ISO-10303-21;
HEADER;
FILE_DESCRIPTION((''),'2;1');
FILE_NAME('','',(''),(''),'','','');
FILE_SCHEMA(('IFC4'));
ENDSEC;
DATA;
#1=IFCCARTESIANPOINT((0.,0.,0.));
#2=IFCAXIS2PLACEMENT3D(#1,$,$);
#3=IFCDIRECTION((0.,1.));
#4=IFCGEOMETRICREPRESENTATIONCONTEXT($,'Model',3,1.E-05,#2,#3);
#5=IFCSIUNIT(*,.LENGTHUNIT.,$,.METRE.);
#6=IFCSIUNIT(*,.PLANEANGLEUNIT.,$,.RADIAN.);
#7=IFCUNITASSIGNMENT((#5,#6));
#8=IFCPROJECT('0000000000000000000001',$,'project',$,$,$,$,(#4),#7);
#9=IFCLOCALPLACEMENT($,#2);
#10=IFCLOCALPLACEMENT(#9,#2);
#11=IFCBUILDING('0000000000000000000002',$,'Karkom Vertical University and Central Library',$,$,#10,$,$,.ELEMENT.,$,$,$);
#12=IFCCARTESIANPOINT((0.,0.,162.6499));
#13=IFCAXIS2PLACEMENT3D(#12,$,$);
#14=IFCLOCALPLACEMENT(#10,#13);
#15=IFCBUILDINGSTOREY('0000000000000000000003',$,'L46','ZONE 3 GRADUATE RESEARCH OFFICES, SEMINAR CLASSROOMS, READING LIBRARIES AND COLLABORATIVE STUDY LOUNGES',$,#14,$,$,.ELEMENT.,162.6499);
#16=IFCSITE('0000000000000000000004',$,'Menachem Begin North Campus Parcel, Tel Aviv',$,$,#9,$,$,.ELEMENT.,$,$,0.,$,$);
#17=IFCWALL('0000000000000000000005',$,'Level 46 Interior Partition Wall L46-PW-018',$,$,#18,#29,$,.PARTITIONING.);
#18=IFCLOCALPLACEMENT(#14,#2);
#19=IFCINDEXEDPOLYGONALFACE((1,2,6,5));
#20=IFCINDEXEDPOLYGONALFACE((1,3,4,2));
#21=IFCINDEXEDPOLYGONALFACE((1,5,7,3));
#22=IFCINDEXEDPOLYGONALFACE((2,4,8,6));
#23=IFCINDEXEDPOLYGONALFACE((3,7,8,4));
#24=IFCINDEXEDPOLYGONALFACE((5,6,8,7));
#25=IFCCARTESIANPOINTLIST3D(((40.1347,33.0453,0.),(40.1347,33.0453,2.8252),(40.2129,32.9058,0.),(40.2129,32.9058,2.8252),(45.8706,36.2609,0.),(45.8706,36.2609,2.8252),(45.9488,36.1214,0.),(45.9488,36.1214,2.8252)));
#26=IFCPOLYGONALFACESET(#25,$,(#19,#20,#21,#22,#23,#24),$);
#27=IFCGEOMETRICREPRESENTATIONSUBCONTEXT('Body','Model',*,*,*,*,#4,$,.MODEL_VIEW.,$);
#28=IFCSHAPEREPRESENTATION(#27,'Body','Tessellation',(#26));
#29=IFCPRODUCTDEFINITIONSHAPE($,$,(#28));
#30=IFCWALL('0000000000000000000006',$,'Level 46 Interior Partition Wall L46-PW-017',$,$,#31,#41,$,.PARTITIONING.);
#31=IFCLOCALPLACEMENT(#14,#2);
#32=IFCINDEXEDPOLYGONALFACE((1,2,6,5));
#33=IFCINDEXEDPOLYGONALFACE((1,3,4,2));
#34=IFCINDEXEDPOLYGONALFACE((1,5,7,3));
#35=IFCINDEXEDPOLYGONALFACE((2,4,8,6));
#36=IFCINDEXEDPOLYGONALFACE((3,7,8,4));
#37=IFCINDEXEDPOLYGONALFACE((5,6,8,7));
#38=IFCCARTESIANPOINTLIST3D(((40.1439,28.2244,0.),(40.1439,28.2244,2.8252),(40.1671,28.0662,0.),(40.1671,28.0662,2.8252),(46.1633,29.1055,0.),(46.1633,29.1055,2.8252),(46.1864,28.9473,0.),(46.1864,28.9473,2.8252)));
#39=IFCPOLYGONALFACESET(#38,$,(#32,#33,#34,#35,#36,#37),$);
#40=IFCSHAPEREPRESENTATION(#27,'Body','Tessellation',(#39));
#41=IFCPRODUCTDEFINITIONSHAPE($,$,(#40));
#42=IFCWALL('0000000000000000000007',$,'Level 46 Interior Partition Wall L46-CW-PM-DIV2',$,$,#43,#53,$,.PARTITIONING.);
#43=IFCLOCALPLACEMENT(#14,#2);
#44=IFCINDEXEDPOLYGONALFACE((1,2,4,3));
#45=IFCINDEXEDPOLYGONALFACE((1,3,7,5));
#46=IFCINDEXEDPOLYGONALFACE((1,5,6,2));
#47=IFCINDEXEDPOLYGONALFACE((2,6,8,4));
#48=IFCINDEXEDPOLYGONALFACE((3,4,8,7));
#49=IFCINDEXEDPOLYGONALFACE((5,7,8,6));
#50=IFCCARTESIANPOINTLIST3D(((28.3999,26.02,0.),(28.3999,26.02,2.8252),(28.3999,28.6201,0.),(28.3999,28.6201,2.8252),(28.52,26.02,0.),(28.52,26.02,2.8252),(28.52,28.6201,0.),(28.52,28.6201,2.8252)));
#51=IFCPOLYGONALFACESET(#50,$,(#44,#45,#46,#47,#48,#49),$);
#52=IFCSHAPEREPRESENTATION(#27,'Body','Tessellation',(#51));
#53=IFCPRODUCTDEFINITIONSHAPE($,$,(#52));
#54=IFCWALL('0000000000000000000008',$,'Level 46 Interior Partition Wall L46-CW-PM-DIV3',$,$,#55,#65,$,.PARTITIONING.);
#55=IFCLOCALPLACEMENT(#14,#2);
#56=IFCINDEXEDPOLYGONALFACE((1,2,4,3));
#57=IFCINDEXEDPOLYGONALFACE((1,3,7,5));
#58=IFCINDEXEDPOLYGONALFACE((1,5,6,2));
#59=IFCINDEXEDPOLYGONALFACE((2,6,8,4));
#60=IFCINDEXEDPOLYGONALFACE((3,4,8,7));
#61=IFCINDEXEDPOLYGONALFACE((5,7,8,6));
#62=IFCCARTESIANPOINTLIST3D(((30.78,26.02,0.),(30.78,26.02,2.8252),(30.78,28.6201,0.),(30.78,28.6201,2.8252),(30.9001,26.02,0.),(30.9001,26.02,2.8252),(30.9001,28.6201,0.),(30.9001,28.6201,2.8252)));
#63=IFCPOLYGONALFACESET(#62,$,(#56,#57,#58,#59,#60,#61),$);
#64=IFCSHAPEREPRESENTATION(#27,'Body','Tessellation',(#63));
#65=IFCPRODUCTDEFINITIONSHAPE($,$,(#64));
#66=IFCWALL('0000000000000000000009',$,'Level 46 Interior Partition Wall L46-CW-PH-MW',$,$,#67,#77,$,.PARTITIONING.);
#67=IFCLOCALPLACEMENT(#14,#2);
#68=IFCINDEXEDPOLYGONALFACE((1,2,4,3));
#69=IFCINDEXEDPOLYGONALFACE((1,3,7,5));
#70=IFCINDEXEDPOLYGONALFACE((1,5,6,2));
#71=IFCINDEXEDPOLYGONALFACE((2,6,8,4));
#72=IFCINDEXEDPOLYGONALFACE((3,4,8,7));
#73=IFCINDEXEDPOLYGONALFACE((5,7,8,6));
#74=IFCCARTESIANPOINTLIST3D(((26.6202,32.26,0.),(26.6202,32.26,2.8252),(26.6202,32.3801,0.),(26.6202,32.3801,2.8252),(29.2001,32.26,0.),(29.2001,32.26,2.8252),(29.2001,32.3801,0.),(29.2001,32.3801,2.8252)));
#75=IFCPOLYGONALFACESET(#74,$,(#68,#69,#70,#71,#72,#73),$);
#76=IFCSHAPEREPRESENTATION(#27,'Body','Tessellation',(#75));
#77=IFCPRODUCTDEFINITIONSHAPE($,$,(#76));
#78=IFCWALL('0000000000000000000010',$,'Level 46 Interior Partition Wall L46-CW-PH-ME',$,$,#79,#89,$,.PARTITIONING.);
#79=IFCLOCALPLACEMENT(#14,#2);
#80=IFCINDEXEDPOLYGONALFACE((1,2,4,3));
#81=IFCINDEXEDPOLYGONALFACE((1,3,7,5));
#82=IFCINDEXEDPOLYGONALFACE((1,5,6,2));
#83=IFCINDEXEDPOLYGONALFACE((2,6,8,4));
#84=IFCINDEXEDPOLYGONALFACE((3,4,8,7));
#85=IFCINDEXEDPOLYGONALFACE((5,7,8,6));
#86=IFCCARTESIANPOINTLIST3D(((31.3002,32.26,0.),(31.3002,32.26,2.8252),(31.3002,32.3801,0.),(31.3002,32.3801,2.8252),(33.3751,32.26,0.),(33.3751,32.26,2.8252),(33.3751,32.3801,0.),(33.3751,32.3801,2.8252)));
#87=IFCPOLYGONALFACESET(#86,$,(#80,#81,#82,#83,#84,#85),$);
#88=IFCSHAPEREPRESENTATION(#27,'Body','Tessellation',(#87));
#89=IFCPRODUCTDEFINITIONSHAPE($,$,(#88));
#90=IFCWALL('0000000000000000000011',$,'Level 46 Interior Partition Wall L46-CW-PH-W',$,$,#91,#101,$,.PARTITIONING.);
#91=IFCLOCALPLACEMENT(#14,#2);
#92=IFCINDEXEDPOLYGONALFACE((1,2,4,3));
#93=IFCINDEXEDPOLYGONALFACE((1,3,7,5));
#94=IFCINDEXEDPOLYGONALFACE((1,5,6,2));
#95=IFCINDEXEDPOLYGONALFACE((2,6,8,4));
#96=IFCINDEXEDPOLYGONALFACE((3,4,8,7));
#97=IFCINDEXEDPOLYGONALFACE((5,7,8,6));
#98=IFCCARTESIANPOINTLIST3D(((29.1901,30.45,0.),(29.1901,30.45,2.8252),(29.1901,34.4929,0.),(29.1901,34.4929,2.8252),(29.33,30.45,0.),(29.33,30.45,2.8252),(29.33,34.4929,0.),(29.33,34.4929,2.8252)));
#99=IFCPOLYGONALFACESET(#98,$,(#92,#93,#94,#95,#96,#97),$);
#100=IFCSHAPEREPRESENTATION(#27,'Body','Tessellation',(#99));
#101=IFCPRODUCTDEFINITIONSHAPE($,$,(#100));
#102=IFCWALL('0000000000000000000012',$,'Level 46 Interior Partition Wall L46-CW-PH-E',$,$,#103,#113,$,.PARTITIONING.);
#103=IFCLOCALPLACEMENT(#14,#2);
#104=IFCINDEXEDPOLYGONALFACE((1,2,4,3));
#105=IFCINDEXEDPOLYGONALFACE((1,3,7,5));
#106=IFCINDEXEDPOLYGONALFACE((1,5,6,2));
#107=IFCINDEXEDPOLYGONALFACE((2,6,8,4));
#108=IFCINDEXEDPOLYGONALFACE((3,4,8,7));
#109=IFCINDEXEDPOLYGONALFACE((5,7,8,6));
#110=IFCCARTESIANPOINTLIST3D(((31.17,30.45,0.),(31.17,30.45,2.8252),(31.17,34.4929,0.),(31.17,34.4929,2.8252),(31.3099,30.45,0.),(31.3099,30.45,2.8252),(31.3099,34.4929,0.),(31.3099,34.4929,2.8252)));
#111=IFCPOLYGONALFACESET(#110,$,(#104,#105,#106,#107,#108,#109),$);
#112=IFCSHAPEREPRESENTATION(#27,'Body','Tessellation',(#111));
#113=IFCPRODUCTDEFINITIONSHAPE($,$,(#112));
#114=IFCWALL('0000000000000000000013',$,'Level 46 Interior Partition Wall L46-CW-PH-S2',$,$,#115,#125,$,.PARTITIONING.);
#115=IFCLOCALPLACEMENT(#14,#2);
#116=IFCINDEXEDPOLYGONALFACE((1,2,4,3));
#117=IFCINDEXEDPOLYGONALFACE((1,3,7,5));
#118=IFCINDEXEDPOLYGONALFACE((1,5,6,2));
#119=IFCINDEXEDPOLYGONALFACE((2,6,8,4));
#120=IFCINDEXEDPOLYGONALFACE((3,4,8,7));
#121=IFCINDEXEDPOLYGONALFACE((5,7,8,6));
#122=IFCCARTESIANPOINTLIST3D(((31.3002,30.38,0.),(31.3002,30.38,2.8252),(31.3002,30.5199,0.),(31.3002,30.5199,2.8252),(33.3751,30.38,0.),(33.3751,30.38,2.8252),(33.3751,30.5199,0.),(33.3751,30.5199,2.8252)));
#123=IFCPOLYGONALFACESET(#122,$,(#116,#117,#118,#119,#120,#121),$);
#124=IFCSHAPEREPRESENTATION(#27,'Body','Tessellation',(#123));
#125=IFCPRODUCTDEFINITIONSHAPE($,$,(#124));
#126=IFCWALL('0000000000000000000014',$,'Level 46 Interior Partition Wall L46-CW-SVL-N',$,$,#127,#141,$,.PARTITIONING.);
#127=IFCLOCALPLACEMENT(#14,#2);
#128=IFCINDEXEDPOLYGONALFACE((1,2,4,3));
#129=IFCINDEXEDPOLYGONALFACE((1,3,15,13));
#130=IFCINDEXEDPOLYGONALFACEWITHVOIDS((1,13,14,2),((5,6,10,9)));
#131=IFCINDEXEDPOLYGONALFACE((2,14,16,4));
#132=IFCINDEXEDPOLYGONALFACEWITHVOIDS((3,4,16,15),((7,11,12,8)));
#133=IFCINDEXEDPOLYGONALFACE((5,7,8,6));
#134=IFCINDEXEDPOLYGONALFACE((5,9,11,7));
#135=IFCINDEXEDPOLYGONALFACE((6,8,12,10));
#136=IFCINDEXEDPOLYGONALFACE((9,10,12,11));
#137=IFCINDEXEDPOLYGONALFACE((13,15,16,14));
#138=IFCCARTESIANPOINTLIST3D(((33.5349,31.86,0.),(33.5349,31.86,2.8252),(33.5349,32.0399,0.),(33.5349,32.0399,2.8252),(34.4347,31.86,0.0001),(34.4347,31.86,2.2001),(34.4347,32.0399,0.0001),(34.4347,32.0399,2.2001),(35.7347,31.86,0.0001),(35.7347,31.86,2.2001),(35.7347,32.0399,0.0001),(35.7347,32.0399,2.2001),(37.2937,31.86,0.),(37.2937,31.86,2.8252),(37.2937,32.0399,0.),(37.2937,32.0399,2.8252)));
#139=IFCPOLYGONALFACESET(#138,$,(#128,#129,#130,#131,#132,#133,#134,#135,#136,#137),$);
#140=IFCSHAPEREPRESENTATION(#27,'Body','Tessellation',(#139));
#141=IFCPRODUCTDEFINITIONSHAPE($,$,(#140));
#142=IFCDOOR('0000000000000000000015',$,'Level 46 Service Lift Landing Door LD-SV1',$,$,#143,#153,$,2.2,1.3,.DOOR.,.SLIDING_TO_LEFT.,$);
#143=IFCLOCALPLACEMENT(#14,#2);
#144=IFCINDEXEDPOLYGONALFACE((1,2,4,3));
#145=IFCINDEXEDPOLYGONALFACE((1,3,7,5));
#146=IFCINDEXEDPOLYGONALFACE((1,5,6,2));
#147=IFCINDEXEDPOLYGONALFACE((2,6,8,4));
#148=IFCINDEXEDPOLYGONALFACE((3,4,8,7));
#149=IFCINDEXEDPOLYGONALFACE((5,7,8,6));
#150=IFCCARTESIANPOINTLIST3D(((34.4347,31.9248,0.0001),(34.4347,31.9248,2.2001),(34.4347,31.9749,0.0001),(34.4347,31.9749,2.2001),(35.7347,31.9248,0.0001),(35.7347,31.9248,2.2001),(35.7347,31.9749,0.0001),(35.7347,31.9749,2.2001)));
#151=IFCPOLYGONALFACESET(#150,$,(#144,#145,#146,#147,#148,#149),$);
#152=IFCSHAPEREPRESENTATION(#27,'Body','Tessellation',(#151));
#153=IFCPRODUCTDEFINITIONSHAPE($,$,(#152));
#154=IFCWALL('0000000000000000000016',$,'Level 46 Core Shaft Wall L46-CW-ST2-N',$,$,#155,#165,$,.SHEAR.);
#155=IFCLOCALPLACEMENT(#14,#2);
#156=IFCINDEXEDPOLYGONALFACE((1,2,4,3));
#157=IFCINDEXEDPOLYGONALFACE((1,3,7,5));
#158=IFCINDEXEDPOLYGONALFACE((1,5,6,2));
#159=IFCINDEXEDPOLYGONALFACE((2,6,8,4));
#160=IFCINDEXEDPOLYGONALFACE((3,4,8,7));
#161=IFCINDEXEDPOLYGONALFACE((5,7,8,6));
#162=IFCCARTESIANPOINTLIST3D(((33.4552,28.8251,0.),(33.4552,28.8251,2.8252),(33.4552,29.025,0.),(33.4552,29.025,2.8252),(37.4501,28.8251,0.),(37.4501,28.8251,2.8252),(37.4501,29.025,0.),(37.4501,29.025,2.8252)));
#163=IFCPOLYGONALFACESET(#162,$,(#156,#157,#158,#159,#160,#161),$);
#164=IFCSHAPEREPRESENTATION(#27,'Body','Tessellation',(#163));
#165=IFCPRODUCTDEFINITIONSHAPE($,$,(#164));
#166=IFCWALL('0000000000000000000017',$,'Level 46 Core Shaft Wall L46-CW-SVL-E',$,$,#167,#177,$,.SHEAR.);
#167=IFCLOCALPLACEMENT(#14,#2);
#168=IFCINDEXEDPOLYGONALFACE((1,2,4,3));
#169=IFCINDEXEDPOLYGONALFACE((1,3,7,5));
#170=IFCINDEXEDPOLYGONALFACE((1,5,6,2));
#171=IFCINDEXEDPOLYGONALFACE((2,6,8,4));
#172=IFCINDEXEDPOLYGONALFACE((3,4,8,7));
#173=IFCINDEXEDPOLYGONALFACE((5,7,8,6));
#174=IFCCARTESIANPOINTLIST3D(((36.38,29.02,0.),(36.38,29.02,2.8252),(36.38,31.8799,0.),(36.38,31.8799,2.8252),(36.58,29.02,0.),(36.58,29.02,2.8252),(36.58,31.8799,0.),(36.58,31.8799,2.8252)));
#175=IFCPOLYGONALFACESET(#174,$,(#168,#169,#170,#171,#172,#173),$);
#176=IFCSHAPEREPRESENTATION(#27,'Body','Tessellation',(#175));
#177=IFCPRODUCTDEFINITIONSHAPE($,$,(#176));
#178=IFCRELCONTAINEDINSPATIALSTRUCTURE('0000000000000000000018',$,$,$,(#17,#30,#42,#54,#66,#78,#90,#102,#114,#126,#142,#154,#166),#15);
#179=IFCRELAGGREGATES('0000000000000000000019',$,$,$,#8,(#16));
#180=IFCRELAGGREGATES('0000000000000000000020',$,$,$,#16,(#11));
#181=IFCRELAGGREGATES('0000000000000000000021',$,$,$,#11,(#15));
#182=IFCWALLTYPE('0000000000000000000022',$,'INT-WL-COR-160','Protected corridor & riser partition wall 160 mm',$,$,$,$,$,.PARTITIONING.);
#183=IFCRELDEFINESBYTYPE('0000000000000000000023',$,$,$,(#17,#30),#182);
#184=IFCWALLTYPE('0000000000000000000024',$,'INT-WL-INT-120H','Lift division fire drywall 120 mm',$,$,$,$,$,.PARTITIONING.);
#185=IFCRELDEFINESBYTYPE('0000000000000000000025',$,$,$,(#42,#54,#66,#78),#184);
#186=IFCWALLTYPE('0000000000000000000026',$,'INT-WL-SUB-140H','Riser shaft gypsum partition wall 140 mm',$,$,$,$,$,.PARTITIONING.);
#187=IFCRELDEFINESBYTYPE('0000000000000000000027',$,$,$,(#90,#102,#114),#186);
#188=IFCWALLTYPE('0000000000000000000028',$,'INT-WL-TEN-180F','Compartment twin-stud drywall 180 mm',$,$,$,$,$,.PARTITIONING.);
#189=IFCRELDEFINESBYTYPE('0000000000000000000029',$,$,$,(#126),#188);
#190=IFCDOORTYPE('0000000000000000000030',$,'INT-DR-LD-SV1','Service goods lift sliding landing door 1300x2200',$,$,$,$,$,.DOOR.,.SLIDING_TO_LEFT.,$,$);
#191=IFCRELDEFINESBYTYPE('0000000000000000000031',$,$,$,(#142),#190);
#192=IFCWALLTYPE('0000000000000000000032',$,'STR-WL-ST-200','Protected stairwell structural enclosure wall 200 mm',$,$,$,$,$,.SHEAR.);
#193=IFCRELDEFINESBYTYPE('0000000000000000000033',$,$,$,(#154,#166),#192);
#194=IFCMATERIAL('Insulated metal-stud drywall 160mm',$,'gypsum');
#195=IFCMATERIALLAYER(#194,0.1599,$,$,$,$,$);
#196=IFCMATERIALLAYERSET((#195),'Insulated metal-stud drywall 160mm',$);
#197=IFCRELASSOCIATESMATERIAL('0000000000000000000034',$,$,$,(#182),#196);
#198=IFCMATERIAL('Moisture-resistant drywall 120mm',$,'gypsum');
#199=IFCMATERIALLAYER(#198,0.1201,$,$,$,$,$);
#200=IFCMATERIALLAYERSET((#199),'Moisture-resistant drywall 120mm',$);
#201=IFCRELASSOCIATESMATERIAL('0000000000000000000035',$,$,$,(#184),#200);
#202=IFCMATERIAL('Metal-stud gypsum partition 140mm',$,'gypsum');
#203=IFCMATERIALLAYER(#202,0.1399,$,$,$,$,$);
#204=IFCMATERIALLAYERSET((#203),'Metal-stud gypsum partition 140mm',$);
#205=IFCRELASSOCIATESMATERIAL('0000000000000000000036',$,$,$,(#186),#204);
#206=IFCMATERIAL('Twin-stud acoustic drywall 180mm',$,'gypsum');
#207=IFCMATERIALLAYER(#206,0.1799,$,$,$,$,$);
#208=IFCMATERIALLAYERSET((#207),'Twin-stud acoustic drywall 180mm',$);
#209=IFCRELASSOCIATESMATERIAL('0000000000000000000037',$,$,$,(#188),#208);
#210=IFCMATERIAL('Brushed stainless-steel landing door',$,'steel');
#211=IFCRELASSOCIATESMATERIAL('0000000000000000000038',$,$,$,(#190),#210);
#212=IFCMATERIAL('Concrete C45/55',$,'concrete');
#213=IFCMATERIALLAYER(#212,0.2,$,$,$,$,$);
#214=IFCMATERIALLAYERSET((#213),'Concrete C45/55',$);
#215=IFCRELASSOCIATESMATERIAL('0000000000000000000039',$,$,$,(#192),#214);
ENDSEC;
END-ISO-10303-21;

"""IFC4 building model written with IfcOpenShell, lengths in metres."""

from ifc_helpers import new_model, si_unit, direction, frame, frame_2d, origin, origin_with_axes, place, context, subcontext, project, spatial, rectangle, extrude, source, transform, mapped, material, layer, layer_set, type_object, element, fill, save


model = new_model("IFC4")

# Units and contexts
model_context = context("Model", 3, precision=1e-05, world=origin(), true_north=direction((0.0, 1.0)))
body_context = subcontext(model_context, "Body", "Model", "MODEL_VIEW")
ifc_project = project(units=[si_unit("LENGTHUNIT", "METRE"), si_unit("PLANEANGLEUNIT", "RADIAN")], contexts=[model_context])

# Site, building, storey
site_placement = place(None, origin())
site = spatial("IfcSite", under=ifc_project, at=site_placement, Name="Menachem Begin North Campus Parcel, Tel Aviv", CompositionType="ELEMENT", RefElevation=0.0)
building_placement = place(site_placement, origin())
building = spatial("IfcBuilding", under=site, at=building_placement, Name="Karkom Vertical University and Central Library", CompositionType="ELEMENT")
storey_placement = place(building_placement, frame((0.0, 0.0, 162.6499)))
storey = spatial("IfcBuildingStorey", under=building, at=storey_placement, Name="L46", Description="ZONE 3 GRADUATE RESEARCH OFFICES, SEMINAR CLASSROOMS, READING LIBRARIES AND COLLABORATIVE STUDY LOUNGES", CompositionType="ELEMENT", Elevation=162.6499)

# Walls
ifc_material_1 = material(Name="Insulated metal-stud drywall 160mm", Category="gypsum")
ifc_layer_1 = layer(ifc_material_1, 0.1599)
ifc_layer_set_1 = layer_set([ifc_layer_1], Name="Insulated metal-stud drywall 160mm")
wall_type_1 = type_object("IfcWallType", Name="INT-WL-COR-160", Description="Protected corridor & riser partition wall 160 mm", PredefinedType="PARTITIONING", material=ifc_layer_set_1)
wall_1_placement = place(storey_placement, frame((40.1738, 32.9756, 0.0), z_axis=(0.0, 0.0, 1.0), x_axis=(0.872279, 0.489009, 0.0)))
element("IfcWall", 1, at=wall_1_placement, inside=storey, type_object=wall_type_1, Name="Level 46 Interior Partition Wall L46-PW-018", PredefinedType="PARTITIONING", context=body_context, shape_type="SweptSolid", body=[
    extrude(rectangle(XDim=6.5757, YDim=0.1599, at=frame_2d((3.2878, 0.0))), origin(), (0.0, 0.0, 1.0), 2.8252),
])
wall_2_placement = place(storey_placement, frame((40.1555, 28.1453, 0.0), z_axis=(0.0, 0.0, 1.0), x_axis=(0.989456, 0.144837, 0.0)))
element("IfcWall", 2, at=wall_2_placement, inside=storey, type_object=wall_type_1, Name="Level 46 Interior Partition Wall L46-PW-017", PredefinedType="PARTITIONING", context=body_context, shape_type="SweptSolid", body=[
    extrude(rectangle(XDim=6.0835, YDim=0.1599, at=frame_2d((3.0417, 0.0))), origin(), (0.0, 0.0, 1.0), 2.8252),
])
ifc_material_2 = material(Name="Moisture-resistant drywall 120mm", Category="gypsum")
ifc_layer_2 = layer(ifc_material_2, 0.1201)
ifc_layer_set_2 = layer_set([ifc_layer_2], Name="Moisture-resistant drywall 120mm")
wall_type_2 = type_object("IfcWallType", Name="INT-WL-INT-120H", Description="Lift division fire drywall 120 mm", PredefinedType="PARTITIONING", material=ifc_layer_set_2)
for number, where, z_axis, x_axis, name in (
    (3, (28.46, 26.02, 0.0), (0.0, 0.0, 1.0), (0.0, 1.0, 0.0), "Level 46 Interior Partition Wall L46-CW-PM-DIV2"),
    (4, (30.8401, 26.02, 0.0), (0.0, 0.0, 1.0), (0.0, 1.0, 0.0), "Level 46 Interior Partition Wall L46-CW-PM-DIV3"),
):
    element("IfcWall", number, at=place(storey_placement, frame(where, z_axis=z_axis, x_axis=x_axis)), inside=storey, type_object=wall_type_2, Name=name, PredefinedType="PARTITIONING", context=body_context, shape_type="SweptSolid", body=[
        extrude(rectangle(XDim=2.6001, YDim=0.1201, at=frame_2d((1.3, 0.0))), origin(), (0.0, 0.0, 1.0), 2.8252),
    ])
wall_3_placement = place(storey_placement, frame((26.6201, 32.3201, 0.0), z_axis=(0.0, 0.0, 1.0), x_axis=(1.0, 0.0, 0.0)))
element("IfcWall", 5, at=wall_3_placement, inside=storey, type_object=wall_type_2, Name="Level 46 Interior Partition Wall L46-CW-PH-MW", PredefinedType="PARTITIONING", context=body_context, shape_type="SweptSolid", body=[
    extrude(rectangle(XDim=2.5798, YDim=0.1201, at=frame_2d((1.29, 0.0))), origin(), (0.0, 0.0, 1.0), 2.8252),
])
wall_4_placement = place(storey_placement, frame((31.3, 32.3201, 0.0), z_axis=(0.0, 0.0, 1.0), x_axis=(1.0, 0.0, 0.0)))
element("IfcWall", 6, at=wall_4_placement, inside=storey, type_object=wall_type_2, Name="Level 46 Interior Partition Wall L46-CW-PH-ME", PredefinedType="PARTITIONING", context=body_context, shape_type="SweptSolid", body=[
    extrude(rectangle(XDim=2.075, YDim=0.1201, at=frame_2d((1.0376, 0.0))), origin(), (0.0, 0.0, 1.0), 2.8252),
])
ifc_material_3 = material(Name="Metal-stud gypsum partition 140mm", Category="gypsum")
ifc_layer_3 = layer(ifc_material_3, 0.1399)
ifc_layer_set_3 = layer_set([ifc_layer_3], Name="Metal-stud gypsum partition 140mm")
wall_type_3 = type_object("IfcWallType", Name="INT-WL-SUB-140H", Description="Riser shaft gypsum partition wall 140 mm", PredefinedType="PARTITIONING", material=ifc_layer_set_3)
for number, where, z_axis, x_axis, name in (
    (7, (29.26, 30.45, 0.0), (0.0, 0.0, 1.0), (0.0, 1.0, 0.0), "Level 46 Interior Partition Wall L46-CW-PH-W"),
    (8, (31.24, 30.45, 0.0), (0.0, 0.0, 1.0), (0.0, 1.0, 0.0), "Level 46 Interior Partition Wall L46-CW-PH-E"),
):
    element("IfcWall", number, at=place(storey_placement, frame(where, z_axis=z_axis, x_axis=x_axis)), inside=storey, type_object=wall_type_3, Name=name, PredefinedType="PARTITIONING", context=body_context, shape_type="SweptSolid", body=[
        extrude(rectangle(XDim=4.043, YDim=0.1399, at=frame_2d((2.0215, 0.0))), origin(), (0.0, 0.0, 1.0), 2.8252),
    ])
wall_5_placement = place(storey_placement, frame((31.3, 30.45, 0.0), z_axis=(0.0, 0.0, 1.0), x_axis=(1.0, 0.0, 0.0)))
element("IfcWall", 9, at=wall_5_placement, inside=storey, type_object=wall_type_3, Name="Level 46 Interior Partition Wall L46-CW-PH-S2", PredefinedType="PARTITIONING", context=body_context, shape_type="SweptSolid", body=[
    extrude(rectangle(XDim=2.075, YDim=0.1399, at=frame_2d((1.0376, 0.0))), origin(), (0.0, 0.0, 1.0), 2.8252),
])

# Wall, opening, door
ifc_material_4 = material(Name="Twin-stud acoustic drywall 180mm", Category="gypsum")
ifc_layer_4 = layer(ifc_material_4, 0.1799)
ifc_layer_set_4 = layer_set([ifc_layer_4], Name="Twin-stud acoustic drywall 180mm")
wall_type_4 = type_object("IfcWallType", Name="INT-WL-TEN-180F", Description="Compartment twin-stud drywall 180 mm", PredefinedType="PARTITIONING", material=ifc_layer_set_4)
wall_6_placement = place(storey_placement, frame((33.5349, 31.95, 0.0), z_axis=(0.0, 0.0, 1.0), x_axis=(1.0, 0.0, 0.0)))
wall_6 = element("IfcWall", 10, at=wall_6_placement, inside=storey, type_object=wall_type_4, Name="Level 46 Interior Partition Wall L46-CW-SVL-N", PredefinedType="PARTITIONING", context=body_context, shape_type="SweptSolid", body=[
    extrude(rectangle(XDim=3.7588, YDim=0.1799, at=frame_2d((1.8794, 0.0))), origin(), (0.0, 0.0, 1.0), 2.8252),
])
opening_1_placement = place(wall_6_placement, frame((0.8999, 0.0, 0.0)))
opening_1 = element("IfcOpeningElement", 11, at=opening_1_placement, cuts=wall_6, PredefinedType="OPENING", context=body_context, shape_type="SweptSolid", body=[
    extrude(rectangle(XDim=1.3, YDim=2.2, at=frame_2d((0.6499, 1.1001))), frame((0.0, 0.1001, 0.0), z_axis=(0.0, -1.0, 0.0), x_axis=(1.0, 0.0, 0.0)), (0.0, 0.0, 1.0), 0.2),
])
ifc_material_5 = material(Name="Brushed stainless-steel landing door", Category="steel")
door_type_1 = type_object("IfcDoorType", Name="INT-DR-LD-SV1", Description="Service goods lift sliding landing door 1300x2200", OperationType="SLIDING_TO_LEFT", PredefinedType="DOOR", material=ifc_material_5)
shared_shape_1 = source(origin_with_axes(), body_context, "Body", "SweptSolid", [
    extrude(rectangle(XDim=1.3, YDim=2.2, at=frame_2d((0.6499, 1.1001))), frame((0.0, 0.0249, 0.0), z_axis=(0.0, -1.0, 0.0), x_axis=(1.0, 0.0, 0.0)), (0.0, 0.0, 1.0), 0.05),
])
door_1_placement = place(opening_1_placement, origin())
door_1 = element("IfcDoor", 12, at=door_1_placement, inside=storey, type_object=door_type_1, Name="Level 46 Service Lift Landing Door LD-SV1", OperationType="SLIDING_TO_LEFT", OverallHeight=2.2, OverallWidth=1.3, PredefinedType="DOOR", context=body_context, shape_type="MappedRepresentation", body=[
    mapped(shared_shape_1, transform((0.0, 0.0, 0.0), scale=1.0)),
])
fill(opening_1, door_1)

# Walls
ifc_material_6 = material(Name="Concrete C45/55", Category="concrete")
ifc_layer_5 = layer(ifc_material_6, 0.2)
ifc_layer_set_5 = layer_set([ifc_layer_5], Name="Concrete C45/55")
wall_type_5 = type_object("IfcWallType", Name="STR-WL-ST-200", Description="Protected stairwell structural enclosure wall 200 mm", PredefinedType="SHEAR", material=ifc_layer_set_5)
wall_7_placement = place(storey_placement, frame((33.4551, 28.925, 0.0), z_axis=(0.0, 0.0, 1.0), x_axis=(1.0, 0.0, 0.0)))
element("IfcWall", 13, at=wall_7_placement, inside=storey, type_object=wall_type_5, Name="Level 46 Core Shaft Wall L46-CW-ST2-N", PredefinedType="SHEAR", context=body_context, shape_type="SweptSolid", body=[
    extrude(rectangle(XDim=3.9949, YDim=0.2, at=frame_2d((1.9976, 0.0))), origin(), (0.0, 0.0, 1.0), 2.8252),
])
wall_8_placement = place(storey_placement, frame((36.48, 29.02, 0.0), z_axis=(0.0, 0.0, 1.0), x_axis=(0.0, 1.0, 0.0)))
element("IfcWall", 14, at=wall_8_placement, inside=storey, type_object=wall_type_5, Name="Level 46 Core Shaft Wall L46-CW-SVL-E", PredefinedType="SHEAR", context=body_context, shape_type="SweptSolid", body=[
    extrude(rectangle(XDim=2.8599, YDim=0.2, at=frame_2d((1.4299, 0.0))), origin(), (0.0, 0.0, 1.0), 2.8252),
])

save(model, "model.ifc")
